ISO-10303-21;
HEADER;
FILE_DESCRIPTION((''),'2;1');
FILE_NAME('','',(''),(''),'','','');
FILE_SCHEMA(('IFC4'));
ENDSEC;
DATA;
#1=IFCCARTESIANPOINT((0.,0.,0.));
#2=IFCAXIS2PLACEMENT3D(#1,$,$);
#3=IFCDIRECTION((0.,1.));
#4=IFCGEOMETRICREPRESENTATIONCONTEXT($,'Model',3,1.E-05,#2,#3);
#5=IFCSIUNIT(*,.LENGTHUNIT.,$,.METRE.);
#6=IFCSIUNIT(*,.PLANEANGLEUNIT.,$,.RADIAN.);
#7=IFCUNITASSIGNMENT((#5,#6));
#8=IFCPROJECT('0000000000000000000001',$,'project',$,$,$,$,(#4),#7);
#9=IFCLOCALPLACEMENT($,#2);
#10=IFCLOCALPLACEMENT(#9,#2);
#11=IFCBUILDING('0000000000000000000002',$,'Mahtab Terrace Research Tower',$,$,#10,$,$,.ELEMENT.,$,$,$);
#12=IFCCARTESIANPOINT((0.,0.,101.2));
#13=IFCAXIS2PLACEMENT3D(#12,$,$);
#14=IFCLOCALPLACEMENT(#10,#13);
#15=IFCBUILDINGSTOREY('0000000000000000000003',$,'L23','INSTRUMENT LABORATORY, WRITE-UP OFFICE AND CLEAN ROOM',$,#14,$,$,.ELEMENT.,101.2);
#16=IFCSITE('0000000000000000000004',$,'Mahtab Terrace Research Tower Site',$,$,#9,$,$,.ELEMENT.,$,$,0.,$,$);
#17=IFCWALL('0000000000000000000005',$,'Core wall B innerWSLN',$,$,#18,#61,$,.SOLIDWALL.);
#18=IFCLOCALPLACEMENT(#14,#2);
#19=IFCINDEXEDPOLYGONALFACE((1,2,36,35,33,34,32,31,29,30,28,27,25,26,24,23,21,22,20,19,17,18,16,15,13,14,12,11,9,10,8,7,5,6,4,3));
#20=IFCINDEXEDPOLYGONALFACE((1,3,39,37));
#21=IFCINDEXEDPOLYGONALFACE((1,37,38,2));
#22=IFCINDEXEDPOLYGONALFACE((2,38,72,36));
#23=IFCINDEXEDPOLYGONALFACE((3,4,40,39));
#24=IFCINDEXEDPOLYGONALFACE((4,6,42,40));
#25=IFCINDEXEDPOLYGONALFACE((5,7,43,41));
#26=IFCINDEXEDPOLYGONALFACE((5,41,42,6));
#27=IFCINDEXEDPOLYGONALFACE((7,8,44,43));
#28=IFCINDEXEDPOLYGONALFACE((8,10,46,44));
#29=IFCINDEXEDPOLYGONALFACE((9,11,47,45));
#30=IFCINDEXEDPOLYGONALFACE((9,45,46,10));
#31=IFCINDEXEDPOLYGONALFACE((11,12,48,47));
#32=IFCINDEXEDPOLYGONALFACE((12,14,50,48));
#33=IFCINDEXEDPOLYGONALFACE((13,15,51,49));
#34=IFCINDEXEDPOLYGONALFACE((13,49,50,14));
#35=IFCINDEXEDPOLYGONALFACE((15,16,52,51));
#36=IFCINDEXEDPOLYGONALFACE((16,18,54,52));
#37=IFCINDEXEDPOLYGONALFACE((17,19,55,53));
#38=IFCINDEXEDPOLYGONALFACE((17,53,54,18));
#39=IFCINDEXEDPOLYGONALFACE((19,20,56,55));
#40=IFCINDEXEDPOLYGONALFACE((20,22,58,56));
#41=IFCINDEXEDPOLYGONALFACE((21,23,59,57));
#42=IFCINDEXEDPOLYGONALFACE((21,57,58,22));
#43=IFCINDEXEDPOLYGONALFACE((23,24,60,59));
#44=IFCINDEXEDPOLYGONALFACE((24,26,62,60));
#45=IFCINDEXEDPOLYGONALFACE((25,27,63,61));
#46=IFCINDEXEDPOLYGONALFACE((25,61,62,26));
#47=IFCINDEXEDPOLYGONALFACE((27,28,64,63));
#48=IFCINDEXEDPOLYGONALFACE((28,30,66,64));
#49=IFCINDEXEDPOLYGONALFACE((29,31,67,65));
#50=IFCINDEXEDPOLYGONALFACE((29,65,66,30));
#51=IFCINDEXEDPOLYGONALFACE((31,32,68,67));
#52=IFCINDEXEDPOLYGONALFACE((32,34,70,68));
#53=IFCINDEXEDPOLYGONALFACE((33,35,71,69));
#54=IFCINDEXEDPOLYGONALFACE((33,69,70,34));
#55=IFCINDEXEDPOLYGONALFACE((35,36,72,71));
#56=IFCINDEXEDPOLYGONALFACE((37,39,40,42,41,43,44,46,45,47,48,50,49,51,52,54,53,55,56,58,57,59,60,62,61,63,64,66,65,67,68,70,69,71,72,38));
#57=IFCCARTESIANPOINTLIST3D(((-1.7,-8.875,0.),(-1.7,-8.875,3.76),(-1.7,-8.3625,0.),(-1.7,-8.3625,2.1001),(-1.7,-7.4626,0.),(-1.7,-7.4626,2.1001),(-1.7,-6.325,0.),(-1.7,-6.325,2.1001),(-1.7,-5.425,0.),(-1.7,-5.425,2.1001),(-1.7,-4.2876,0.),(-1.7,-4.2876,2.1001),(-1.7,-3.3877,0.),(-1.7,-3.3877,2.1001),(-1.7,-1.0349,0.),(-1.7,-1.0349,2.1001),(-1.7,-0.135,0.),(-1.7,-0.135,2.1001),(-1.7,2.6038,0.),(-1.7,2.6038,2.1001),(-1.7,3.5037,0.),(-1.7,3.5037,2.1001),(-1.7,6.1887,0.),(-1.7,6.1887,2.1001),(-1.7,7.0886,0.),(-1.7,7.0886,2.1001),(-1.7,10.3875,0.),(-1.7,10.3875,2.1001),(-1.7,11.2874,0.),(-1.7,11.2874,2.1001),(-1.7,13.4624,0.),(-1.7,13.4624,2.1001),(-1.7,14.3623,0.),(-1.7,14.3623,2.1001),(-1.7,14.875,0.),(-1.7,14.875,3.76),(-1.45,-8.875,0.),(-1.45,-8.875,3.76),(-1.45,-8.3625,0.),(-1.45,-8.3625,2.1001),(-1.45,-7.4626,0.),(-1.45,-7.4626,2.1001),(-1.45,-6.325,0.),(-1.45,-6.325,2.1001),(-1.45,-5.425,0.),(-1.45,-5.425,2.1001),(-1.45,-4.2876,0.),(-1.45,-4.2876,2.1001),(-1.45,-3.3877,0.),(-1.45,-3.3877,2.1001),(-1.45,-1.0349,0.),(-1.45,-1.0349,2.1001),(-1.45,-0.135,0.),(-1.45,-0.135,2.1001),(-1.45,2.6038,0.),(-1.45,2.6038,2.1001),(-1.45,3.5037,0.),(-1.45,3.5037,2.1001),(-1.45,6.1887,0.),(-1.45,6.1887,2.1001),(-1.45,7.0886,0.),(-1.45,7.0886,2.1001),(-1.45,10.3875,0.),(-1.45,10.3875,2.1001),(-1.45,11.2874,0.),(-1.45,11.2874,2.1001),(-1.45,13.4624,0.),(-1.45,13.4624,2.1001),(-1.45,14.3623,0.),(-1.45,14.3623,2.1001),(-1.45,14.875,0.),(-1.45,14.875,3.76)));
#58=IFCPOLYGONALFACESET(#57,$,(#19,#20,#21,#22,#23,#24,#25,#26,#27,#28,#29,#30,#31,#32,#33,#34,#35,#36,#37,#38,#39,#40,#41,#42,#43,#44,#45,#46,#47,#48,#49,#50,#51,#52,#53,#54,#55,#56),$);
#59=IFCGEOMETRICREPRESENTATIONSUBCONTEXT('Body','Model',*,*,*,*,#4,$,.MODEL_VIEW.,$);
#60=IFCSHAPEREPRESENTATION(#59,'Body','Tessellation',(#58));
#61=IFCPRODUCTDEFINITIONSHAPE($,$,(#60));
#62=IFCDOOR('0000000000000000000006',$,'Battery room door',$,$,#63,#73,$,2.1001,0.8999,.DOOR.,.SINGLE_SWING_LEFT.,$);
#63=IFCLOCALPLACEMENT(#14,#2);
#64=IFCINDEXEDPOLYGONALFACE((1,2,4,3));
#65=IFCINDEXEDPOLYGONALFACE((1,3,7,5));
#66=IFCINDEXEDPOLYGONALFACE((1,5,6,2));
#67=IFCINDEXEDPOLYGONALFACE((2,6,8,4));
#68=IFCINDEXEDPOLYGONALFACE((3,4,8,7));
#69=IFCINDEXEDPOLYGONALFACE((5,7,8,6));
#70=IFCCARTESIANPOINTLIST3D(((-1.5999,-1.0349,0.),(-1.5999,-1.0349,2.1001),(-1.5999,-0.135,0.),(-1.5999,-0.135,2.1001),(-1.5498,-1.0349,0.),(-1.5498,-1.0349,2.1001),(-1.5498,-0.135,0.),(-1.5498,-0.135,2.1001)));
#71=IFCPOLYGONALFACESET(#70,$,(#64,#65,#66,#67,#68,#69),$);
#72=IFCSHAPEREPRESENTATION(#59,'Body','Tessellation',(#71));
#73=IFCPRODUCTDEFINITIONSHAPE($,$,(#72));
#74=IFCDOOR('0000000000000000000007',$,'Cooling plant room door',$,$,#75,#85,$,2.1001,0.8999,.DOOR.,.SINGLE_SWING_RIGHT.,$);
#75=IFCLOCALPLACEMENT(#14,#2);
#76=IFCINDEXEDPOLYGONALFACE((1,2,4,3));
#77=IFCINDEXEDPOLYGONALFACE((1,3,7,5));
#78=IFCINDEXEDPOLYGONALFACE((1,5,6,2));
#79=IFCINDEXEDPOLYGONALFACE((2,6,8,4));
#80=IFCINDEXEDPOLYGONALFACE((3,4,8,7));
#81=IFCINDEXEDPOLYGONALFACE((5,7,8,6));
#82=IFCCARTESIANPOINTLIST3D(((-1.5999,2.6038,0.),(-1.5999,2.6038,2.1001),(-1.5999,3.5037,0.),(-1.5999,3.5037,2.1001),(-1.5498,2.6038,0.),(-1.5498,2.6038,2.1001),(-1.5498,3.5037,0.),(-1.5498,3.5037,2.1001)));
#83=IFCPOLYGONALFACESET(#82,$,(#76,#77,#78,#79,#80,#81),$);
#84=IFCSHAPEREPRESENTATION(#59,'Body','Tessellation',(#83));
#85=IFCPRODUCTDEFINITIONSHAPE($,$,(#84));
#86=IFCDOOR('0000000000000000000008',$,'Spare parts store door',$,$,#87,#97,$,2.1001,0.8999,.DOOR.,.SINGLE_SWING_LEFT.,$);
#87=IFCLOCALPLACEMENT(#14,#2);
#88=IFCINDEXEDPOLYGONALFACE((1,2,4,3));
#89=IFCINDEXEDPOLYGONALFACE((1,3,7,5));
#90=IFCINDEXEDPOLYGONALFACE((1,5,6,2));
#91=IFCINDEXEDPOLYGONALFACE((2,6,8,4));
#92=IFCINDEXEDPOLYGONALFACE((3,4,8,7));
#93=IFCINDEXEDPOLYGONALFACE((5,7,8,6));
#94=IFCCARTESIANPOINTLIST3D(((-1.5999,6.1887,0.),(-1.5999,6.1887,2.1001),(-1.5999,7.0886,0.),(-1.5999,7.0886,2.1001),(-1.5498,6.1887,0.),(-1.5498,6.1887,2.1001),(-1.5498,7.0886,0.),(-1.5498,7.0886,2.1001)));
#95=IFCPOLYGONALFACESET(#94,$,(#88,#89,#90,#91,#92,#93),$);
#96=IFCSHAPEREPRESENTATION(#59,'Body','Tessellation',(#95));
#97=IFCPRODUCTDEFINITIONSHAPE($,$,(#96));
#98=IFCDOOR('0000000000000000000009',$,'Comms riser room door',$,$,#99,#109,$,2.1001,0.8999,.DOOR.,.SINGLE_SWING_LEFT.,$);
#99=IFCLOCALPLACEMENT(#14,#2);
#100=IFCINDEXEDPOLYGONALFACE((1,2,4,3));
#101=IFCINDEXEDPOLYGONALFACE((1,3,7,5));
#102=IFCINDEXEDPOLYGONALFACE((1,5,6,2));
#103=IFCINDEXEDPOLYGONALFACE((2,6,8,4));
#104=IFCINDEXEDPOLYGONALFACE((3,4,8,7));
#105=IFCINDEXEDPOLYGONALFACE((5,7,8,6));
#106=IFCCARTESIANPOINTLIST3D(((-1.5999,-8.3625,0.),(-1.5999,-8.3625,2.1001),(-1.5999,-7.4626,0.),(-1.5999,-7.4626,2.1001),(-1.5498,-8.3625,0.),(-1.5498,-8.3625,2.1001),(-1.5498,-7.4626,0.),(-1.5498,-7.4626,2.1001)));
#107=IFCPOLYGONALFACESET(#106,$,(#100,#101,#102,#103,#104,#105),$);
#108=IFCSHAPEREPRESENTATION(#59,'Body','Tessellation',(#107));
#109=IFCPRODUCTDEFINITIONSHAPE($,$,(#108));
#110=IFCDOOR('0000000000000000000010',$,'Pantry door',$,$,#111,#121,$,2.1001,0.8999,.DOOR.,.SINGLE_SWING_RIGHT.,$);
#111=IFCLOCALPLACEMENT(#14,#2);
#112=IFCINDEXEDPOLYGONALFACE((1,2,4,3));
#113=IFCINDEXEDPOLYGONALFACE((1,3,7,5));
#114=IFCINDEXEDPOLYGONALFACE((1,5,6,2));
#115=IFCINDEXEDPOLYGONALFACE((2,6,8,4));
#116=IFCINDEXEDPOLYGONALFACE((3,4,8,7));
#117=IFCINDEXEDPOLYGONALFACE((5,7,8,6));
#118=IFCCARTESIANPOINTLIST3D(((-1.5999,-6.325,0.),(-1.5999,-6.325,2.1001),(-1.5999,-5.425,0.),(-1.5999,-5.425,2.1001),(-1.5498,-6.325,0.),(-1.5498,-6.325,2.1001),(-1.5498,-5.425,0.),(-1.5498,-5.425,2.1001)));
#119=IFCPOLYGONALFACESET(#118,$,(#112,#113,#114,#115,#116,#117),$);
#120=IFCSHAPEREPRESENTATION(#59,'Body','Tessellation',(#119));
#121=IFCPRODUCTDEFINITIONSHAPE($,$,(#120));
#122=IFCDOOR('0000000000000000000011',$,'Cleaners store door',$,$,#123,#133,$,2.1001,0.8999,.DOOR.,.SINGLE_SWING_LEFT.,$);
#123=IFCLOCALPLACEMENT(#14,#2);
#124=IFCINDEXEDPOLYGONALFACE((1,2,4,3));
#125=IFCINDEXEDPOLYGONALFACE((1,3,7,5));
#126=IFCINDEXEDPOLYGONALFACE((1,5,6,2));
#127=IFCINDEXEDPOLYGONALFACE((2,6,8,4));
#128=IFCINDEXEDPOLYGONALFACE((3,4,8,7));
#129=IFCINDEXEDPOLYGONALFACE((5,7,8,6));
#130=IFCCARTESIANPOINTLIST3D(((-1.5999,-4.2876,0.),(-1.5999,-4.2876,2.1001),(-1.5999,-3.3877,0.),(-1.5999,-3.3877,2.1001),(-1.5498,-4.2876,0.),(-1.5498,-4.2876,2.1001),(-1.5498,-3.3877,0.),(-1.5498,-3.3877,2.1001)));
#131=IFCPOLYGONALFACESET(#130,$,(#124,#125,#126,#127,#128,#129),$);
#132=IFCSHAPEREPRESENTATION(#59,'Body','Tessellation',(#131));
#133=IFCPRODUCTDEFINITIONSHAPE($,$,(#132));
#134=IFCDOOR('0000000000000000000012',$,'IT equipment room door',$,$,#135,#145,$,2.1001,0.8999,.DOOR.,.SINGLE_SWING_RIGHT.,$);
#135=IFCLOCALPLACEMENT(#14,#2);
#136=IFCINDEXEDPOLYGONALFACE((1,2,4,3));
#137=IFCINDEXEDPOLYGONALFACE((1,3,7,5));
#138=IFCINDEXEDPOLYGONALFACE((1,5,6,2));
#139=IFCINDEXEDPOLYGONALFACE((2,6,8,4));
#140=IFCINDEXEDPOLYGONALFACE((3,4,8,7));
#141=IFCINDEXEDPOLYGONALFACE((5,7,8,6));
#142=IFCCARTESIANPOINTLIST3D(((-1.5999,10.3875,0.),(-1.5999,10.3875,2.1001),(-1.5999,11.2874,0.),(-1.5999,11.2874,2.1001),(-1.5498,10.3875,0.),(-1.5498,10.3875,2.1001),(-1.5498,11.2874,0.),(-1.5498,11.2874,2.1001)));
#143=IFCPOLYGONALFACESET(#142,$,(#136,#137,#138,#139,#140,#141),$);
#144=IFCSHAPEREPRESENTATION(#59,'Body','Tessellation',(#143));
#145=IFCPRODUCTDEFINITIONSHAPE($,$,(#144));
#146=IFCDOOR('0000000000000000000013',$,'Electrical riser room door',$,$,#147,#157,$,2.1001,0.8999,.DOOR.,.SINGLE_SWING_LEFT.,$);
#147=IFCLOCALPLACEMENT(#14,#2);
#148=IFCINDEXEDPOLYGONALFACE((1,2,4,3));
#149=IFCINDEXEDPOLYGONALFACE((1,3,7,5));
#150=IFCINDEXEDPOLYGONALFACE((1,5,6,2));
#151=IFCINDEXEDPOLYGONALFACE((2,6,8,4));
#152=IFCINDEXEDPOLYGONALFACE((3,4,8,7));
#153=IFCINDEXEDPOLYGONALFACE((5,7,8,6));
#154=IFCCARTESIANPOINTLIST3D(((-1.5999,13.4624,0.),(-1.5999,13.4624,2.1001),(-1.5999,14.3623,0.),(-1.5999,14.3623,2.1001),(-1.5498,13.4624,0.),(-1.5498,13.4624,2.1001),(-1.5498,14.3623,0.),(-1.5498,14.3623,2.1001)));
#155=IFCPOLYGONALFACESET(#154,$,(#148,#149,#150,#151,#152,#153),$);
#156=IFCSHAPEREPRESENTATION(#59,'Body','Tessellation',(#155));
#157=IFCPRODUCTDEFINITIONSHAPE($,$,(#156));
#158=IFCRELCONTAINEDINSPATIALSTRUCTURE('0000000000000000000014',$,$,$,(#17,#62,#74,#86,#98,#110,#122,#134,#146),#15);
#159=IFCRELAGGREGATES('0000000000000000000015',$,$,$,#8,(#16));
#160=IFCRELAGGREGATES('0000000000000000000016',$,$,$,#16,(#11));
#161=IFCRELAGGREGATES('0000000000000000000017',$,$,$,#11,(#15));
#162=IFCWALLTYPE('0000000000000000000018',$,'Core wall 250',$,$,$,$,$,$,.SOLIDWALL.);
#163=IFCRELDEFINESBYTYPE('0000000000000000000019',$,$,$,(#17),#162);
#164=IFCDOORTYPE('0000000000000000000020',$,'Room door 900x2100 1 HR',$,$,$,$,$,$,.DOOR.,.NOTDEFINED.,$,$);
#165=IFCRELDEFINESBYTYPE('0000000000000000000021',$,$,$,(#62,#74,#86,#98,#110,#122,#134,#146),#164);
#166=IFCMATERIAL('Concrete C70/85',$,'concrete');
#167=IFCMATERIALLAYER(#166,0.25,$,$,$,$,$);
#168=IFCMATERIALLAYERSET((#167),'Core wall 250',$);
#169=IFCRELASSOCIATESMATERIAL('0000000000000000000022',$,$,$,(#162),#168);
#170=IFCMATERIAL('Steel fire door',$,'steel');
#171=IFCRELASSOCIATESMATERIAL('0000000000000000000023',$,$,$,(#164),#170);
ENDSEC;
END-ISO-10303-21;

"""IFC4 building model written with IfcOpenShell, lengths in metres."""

from ifc_helpers import new_model, si_unit, direction, frame, frame_2d, origin, place, context, subcontext, project, spatial, rectangle, extrude, material, layer, layer_set, type_object, element, fill, save


model = new_model("IFC4")

# Units and contexts
model_context = context("Model", 3, precision=1e-05, world=origin(), true_north=direction((0.0, 1.0)))
body_context = subcontext(model_context, "Body", "Model", "MODEL_VIEW")
ifc_project = project(units=[si_unit("LENGTHUNIT", "METRE"), si_unit("PLANEANGLEUNIT", "RADIAN")], contexts=[model_context])

# Site, building, storey
site_placement = place(None, origin())
site = spatial("IfcSite", under=ifc_project, at=site_placement, Name="Mahtab Terrace Research Tower Site", CompositionType="ELEMENT", RefElevation=0.0)
building_placement = place(site_placement, origin())
building = spatial("IfcBuilding", under=site, at=building_placement, Name="Mahtab Terrace Research Tower", CompositionType="ELEMENT")
storey_placement = place(building_placement, frame((0.0, 0.0, 101.2)))
storey = spatial("IfcBuildingStorey", under=building, at=storey_placement, Name="L23", Description="INSTRUMENT LABORATORY, WRITE-UP OFFICE AND CLEAN ROOM", CompositionType="ELEMENT", Elevation=101.2)

# Wall, openings, doors
ifc_material_1 = material(Name="Concrete C70/85", Category="concrete")
ifc_layer_1 = layer(ifc_material_1, 0.25)
ifc_layer_set_1 = layer_set([ifc_layer_1], Name="Core wall 250")
wall_type_1 = type_object("IfcWallType", Name="Core wall 250", PredefinedType="SOLIDWALL", material=ifc_layer_set_1)
wall_1_placement = place(storey_placement, frame((-1.575, -8.875, 0.0), z_axis=(0.0, 0.0, 1.0), x_axis=(0.0, 1.0, 0.0)))
wall_1 = element("IfcWall", 1, at=wall_1_placement, inside=storey, type_object=wall_type_1, Name="Core wall B innerWSLN", PredefinedType="SOLIDWALL", context=body_context, shape_type="SweptSolid", body=[
    extrude(rectangle(XDim=23.75, YDim=0.25, at=frame_2d((11.875, 0.0))), origin(), (0.0, 0.0, 1.0), 3.76),
])
opening_1_placement = place(wall_1_placement, frame((7.8401, 0.0, 0.0)))
opening_1 = element("IfcOpeningElement", 2, at=opening_1_placement, cuts=wall_1, PredefinedType="OPENING", context=body_context, shape_type="SweptSolid", body=[
    extrude(rectangle(XDim=0.8999, YDim=2.1001, at=frame_2d((0.45, 1.05))), frame((0.0, 0.135, 0.0), z_axis=(0.0, -1.0, 0.0), x_axis=(1.0, 0.0, 0.0)), (0.0, 0.0, 1.0), 0.27),
])
opening_2_placement = place(wall_1_placement, frame((11.4788, 0.0, 0.0)))
opening_2 = element("IfcOpeningElement", 3, at=opening_2_placement, cuts=wall_1, PredefinedType="OPENING", context=body_context, shape_type="SweptSolid", body=[
    extrude(rectangle(XDim=0.8999, YDim=2.1001, at=frame_2d((0.45, 1.05))), frame((0.0, 0.135, 0.0), z_axis=(0.0, -1.0, 0.0), x_axis=(1.0, 0.0, 0.0)), (0.0, 0.0, 1.0), 0.27),
])
opening_3_placement = place(wall_1_placement, frame((15.0637, 0.0, 0.0)))
opening_3 = element("IfcOpeningElement", 4, at=opening_3_placement, cuts=wall_1, PredefinedType="OPENING", context=body_context, shape_type="SweptSolid", body=[
    extrude(rectangle(XDim=0.8999, YDim=2.1001, at=frame_2d((0.45, 1.05))), frame((0.0, 0.135, 0.0), z_axis=(0.0, -1.0, 0.0), x_axis=(1.0, 0.0, 0.0)), (0.0, 0.0, 1.0), 0.27),
])
opening_4_placement = place(wall_1_placement, frame((0.5125, 0.0, 0.0)))
opening_4 = element("IfcOpeningElement", 5, at=opening_4_placement, cuts=wall_1, PredefinedType="OPENING", context=body_context, shape_type="SweptSolid", body=[
    extrude(rectangle(XDim=0.8999, YDim=2.1001, at=frame_2d((0.45, 1.05))), frame((0.0, 0.135, 0.0), z_axis=(0.0, -1.0, 0.0), x_axis=(1.0, 0.0, 0.0)), (0.0, 0.0, 1.0), 0.27),
])
opening_5_placement = place(wall_1_placement, frame((2.55, 0.0, 0.0)))
opening_5 = element("IfcOpeningElement", 6, at=opening_5_placement, cuts=wall_1, PredefinedType="OPENING", context=body_context, shape_type="SweptSolid", body=[
    extrude(rectangle(XDim=0.8999, YDim=2.1001, at=frame_2d((0.45, 1.05))), frame((0.0, 0.135, 0.0), z_axis=(0.0, -1.0, 0.0), x_axis=(1.0, 0.0, 0.0)), (0.0, 0.0, 1.0), 0.27),
])
opening_6_placement = place(wall_1_placement, frame((4.5874, 0.0, 0.0)))
opening_6 = element("IfcOpeningElement", 7, at=opening_6_placement, cuts=wall_1, PredefinedType="OPENING", context=body_context, shape_type="SweptSolid", body=[
    extrude(rectangle(XDim=0.8999, YDim=2.1001, at=frame_2d((0.45, 1.05))), frame((0.0, 0.135, 0.0), z_axis=(0.0, -1.0, 0.0), x_axis=(1.0, 0.0, 0.0)), (0.0, 0.0, 1.0), 0.27),
])
opening_7_placement = place(wall_1_placement, frame((19.2625, 0.0, 0.0)))
opening_7 = element("IfcOpeningElement", 8, at=opening_7_placement, cuts=wall_1, PredefinedType="OPENING", context=body_context, shape_type="SweptSolid", body=[
    extrude(rectangle(XDim=0.8999, YDim=2.1001, at=frame_2d((0.45, 1.05))), frame((0.0, 0.135, 0.0), z_axis=(0.0, -1.0, 0.0), x_axis=(1.0, 0.0, 0.0)), (0.0, 0.0, 1.0), 0.27),
])
opening_8_placement = place(wall_1_placement, frame((22.3374, 0.0, 0.0)))
opening_8 = element("IfcOpeningElement", 9, at=opening_8_placement, cuts=wall_1, PredefinedType="OPENING", context=body_context, shape_type="SweptSolid", body=[
    extrude(rectangle(XDim=0.8999, YDim=2.1001, at=frame_2d((0.45, 1.05))), frame((0.0, 0.135, 0.0), z_axis=(0.0, -1.0, 0.0), x_axis=(1.0, 0.0, 0.0)), (0.0, 0.0, 1.0), 0.27),
])
ifc_material_2 = material(Name="Steel fire door", Category="steel")
door_type_1 = type_object("IfcDoorType", Name="Room door 900x2100 1 HR", OperationType="NOTDEFINED", PredefinedType="DOOR", material=ifc_material_2)
door_1_placement = place(opening_1_placement, origin())
door_1 = element("IfcDoor", 10, at=door_1_placement, inside=storey, type_object=door_type_1, Name="Battery room door", OperationType="SINGLE_SWING_LEFT", OverallHeight=2.1001, OverallWidth=0.8999, PredefinedType="DOOR", context=body_context, shape_type="SweptSolid", body=[
    extrude(rectangle(XDim=0.8999, YDim=2.1001, at=frame_2d((0.45, 1.05))), frame((0.0, 0.0249, 0.0), z_axis=(0.0, -1.0, 0.0), x_axis=(1.0, 0.0, 0.0)), (0.0, 0.0, 1.0), 0.05),
])
fill(opening_1, door_1)
door_2_placement = place(opening_2_placement, origin())
door_2 = element("IfcDoor", 11, at=door_2_placement, inside=storey, type_object=door_type_1, Name="Cooling plant room door", OperationType="SINGLE_SWING_RIGHT", OverallHeight=2.1001, OverallWidth=0.8999, PredefinedType="DOOR", context=body_context, shape_type="SweptSolid", body=[
    extrude(rectangle(XDim=0.8999, YDim=2.1001, at=frame_2d((0.45, 1.05))), frame((0.0, 0.0249, 0.0), z_axis=(0.0, -1.0, 0.0), x_axis=(1.0, 0.0, 0.0)), (0.0, 0.0, 1.0), 0.05),
])
fill(opening_2, door_2)
door_3_placement = place(opening_3_placement, origin())
door_3 = element("IfcDoor", 12, at=door_3_placement, inside=storey, type_object=door_type_1, Name="Spare parts store door", OperationType="SINGLE_SWING_LEFT", OverallHeight=2.1001, OverallWidth=0.8999, PredefinedType="DOOR", context=body_context, shape_type="SweptSolid", body=[
    extrude(rectangle(XDim=0.8999, YDim=2.1001, at=frame_2d((0.45, 1.05))), frame((0.0, 0.0249, 0.0), z_axis=(0.0, -1.0, 0.0), x_axis=(1.0, 0.0, 0.0)), (0.0, 0.0, 1.0), 0.05),
])
fill(opening_3, door_3)
door_4_placement = place(opening_4_placement, origin())
door_4 = element("IfcDoor", 13, at=door_4_placement, inside=storey, type_object=door_type_1, Name="Comms riser room door", OperationType="SINGLE_SWING_LEFT", OverallHeight=2.1001, OverallWidth=0.8999, PredefinedType="DOOR", context=body_context, shape_type="SweptSolid", body=[
    extrude(rectangle(XDim=0.8999, YDim=2.1001, at=frame_2d((0.45, 1.05))), frame((0.0, 0.0249, 0.0), z_axis=(0.0, -1.0, 0.0), x_axis=(1.0, 0.0, 0.0)), (0.0, 0.0, 1.0), 0.05),
])
fill(opening_4, door_4)
door_5_placement = place(opening_5_placement, origin())
door_5 = element("IfcDoor", 14, at=door_5_placement, inside=storey, type_object=door_type_1, Name="Pantry door", OperationType="SINGLE_SWING_RIGHT", OverallHeight=2.1001, OverallWidth=0.8999, PredefinedType="DOOR", context=body_context, shape_type="SweptSolid", body=[
    extrude(rectangle(XDim=0.8999, YDim=2.1001, at=frame_2d((0.45, 1.05))), frame((0.0, 0.0249, 0.0), z_axis=(0.0, -1.0, 0.0), x_axis=(1.0, 0.0, 0.0)), (0.0, 0.0, 1.0), 0.05),
])
fill(opening_5, door_5)
door_6_placement = place(opening_6_placement, origin())
door_6 = element("IfcDoor", 15, at=door_6_placement, inside=storey, type_object=door_type_1, Name="Cleaners store door", OperationType="SINGLE_SWING_LEFT", OverallHeight=2.1001, OverallWidth=0.8999, PredefinedType="DOOR", context=body_context, shape_type="SweptSolid", body=[
    extrude(rectangle(XDim=0.8999, YDim=2.1001, at=frame_2d((0.45, 1.05))), frame((0.0, 0.0249, 0.0), z_axis=(0.0, -1.0, 0.0), x_axis=(1.0, 0.0, 0.0)), (0.0, 0.0, 1.0), 0.05),
])
fill(opening_6, door_6)
door_7_placement = place(opening_7_placement, origin())
door_7 = element("IfcDoor", 16, at=door_7_placement, inside=storey, type_object=door_type_1, Name="IT equipment room door", OperationType="SINGLE_SWING_RIGHT", OverallHeight=2.1001, OverallWidth=0.8999, PredefinedType="DOOR", context=body_context, shape_type="SweptSolid", body=[
    extrude(rectangle(XDim=0.8999, YDim=2.1001, at=frame_2d((0.45, 1.05))), frame((0.0, 0.0249, 0.0), z_axis=(0.0, -1.0, 0.0), x_axis=(1.0, 0.0, 0.0)), (0.0, 0.0, 1.0), 0.05),
])
fill(opening_7, door_7)
door_8_placement = place(opening_8_placement, origin())
door_8 = element("IfcDoor", 17, at=door_8_placement, inside=storey, type_object=door_type_1, Name="Electrical riser room door", OperationType="SINGLE_SWING_LEFT", OverallHeight=2.1001, OverallWidth=0.8999, PredefinedType="DOOR", context=body_context, shape_type="SweptSolid", body=[
    extrude(rectangle(XDim=0.8999, YDim=2.1001, at=frame_2d((0.45, 1.05))), frame((0.0, 0.0249, 0.0), z_axis=(0.0, -1.0, 0.0), x_axis=(1.0, 0.0, 0.0)), (0.0, 0.0, 1.0), 0.05),
])
fill(opening_8, door_8)

save(model, "model.ifc")
